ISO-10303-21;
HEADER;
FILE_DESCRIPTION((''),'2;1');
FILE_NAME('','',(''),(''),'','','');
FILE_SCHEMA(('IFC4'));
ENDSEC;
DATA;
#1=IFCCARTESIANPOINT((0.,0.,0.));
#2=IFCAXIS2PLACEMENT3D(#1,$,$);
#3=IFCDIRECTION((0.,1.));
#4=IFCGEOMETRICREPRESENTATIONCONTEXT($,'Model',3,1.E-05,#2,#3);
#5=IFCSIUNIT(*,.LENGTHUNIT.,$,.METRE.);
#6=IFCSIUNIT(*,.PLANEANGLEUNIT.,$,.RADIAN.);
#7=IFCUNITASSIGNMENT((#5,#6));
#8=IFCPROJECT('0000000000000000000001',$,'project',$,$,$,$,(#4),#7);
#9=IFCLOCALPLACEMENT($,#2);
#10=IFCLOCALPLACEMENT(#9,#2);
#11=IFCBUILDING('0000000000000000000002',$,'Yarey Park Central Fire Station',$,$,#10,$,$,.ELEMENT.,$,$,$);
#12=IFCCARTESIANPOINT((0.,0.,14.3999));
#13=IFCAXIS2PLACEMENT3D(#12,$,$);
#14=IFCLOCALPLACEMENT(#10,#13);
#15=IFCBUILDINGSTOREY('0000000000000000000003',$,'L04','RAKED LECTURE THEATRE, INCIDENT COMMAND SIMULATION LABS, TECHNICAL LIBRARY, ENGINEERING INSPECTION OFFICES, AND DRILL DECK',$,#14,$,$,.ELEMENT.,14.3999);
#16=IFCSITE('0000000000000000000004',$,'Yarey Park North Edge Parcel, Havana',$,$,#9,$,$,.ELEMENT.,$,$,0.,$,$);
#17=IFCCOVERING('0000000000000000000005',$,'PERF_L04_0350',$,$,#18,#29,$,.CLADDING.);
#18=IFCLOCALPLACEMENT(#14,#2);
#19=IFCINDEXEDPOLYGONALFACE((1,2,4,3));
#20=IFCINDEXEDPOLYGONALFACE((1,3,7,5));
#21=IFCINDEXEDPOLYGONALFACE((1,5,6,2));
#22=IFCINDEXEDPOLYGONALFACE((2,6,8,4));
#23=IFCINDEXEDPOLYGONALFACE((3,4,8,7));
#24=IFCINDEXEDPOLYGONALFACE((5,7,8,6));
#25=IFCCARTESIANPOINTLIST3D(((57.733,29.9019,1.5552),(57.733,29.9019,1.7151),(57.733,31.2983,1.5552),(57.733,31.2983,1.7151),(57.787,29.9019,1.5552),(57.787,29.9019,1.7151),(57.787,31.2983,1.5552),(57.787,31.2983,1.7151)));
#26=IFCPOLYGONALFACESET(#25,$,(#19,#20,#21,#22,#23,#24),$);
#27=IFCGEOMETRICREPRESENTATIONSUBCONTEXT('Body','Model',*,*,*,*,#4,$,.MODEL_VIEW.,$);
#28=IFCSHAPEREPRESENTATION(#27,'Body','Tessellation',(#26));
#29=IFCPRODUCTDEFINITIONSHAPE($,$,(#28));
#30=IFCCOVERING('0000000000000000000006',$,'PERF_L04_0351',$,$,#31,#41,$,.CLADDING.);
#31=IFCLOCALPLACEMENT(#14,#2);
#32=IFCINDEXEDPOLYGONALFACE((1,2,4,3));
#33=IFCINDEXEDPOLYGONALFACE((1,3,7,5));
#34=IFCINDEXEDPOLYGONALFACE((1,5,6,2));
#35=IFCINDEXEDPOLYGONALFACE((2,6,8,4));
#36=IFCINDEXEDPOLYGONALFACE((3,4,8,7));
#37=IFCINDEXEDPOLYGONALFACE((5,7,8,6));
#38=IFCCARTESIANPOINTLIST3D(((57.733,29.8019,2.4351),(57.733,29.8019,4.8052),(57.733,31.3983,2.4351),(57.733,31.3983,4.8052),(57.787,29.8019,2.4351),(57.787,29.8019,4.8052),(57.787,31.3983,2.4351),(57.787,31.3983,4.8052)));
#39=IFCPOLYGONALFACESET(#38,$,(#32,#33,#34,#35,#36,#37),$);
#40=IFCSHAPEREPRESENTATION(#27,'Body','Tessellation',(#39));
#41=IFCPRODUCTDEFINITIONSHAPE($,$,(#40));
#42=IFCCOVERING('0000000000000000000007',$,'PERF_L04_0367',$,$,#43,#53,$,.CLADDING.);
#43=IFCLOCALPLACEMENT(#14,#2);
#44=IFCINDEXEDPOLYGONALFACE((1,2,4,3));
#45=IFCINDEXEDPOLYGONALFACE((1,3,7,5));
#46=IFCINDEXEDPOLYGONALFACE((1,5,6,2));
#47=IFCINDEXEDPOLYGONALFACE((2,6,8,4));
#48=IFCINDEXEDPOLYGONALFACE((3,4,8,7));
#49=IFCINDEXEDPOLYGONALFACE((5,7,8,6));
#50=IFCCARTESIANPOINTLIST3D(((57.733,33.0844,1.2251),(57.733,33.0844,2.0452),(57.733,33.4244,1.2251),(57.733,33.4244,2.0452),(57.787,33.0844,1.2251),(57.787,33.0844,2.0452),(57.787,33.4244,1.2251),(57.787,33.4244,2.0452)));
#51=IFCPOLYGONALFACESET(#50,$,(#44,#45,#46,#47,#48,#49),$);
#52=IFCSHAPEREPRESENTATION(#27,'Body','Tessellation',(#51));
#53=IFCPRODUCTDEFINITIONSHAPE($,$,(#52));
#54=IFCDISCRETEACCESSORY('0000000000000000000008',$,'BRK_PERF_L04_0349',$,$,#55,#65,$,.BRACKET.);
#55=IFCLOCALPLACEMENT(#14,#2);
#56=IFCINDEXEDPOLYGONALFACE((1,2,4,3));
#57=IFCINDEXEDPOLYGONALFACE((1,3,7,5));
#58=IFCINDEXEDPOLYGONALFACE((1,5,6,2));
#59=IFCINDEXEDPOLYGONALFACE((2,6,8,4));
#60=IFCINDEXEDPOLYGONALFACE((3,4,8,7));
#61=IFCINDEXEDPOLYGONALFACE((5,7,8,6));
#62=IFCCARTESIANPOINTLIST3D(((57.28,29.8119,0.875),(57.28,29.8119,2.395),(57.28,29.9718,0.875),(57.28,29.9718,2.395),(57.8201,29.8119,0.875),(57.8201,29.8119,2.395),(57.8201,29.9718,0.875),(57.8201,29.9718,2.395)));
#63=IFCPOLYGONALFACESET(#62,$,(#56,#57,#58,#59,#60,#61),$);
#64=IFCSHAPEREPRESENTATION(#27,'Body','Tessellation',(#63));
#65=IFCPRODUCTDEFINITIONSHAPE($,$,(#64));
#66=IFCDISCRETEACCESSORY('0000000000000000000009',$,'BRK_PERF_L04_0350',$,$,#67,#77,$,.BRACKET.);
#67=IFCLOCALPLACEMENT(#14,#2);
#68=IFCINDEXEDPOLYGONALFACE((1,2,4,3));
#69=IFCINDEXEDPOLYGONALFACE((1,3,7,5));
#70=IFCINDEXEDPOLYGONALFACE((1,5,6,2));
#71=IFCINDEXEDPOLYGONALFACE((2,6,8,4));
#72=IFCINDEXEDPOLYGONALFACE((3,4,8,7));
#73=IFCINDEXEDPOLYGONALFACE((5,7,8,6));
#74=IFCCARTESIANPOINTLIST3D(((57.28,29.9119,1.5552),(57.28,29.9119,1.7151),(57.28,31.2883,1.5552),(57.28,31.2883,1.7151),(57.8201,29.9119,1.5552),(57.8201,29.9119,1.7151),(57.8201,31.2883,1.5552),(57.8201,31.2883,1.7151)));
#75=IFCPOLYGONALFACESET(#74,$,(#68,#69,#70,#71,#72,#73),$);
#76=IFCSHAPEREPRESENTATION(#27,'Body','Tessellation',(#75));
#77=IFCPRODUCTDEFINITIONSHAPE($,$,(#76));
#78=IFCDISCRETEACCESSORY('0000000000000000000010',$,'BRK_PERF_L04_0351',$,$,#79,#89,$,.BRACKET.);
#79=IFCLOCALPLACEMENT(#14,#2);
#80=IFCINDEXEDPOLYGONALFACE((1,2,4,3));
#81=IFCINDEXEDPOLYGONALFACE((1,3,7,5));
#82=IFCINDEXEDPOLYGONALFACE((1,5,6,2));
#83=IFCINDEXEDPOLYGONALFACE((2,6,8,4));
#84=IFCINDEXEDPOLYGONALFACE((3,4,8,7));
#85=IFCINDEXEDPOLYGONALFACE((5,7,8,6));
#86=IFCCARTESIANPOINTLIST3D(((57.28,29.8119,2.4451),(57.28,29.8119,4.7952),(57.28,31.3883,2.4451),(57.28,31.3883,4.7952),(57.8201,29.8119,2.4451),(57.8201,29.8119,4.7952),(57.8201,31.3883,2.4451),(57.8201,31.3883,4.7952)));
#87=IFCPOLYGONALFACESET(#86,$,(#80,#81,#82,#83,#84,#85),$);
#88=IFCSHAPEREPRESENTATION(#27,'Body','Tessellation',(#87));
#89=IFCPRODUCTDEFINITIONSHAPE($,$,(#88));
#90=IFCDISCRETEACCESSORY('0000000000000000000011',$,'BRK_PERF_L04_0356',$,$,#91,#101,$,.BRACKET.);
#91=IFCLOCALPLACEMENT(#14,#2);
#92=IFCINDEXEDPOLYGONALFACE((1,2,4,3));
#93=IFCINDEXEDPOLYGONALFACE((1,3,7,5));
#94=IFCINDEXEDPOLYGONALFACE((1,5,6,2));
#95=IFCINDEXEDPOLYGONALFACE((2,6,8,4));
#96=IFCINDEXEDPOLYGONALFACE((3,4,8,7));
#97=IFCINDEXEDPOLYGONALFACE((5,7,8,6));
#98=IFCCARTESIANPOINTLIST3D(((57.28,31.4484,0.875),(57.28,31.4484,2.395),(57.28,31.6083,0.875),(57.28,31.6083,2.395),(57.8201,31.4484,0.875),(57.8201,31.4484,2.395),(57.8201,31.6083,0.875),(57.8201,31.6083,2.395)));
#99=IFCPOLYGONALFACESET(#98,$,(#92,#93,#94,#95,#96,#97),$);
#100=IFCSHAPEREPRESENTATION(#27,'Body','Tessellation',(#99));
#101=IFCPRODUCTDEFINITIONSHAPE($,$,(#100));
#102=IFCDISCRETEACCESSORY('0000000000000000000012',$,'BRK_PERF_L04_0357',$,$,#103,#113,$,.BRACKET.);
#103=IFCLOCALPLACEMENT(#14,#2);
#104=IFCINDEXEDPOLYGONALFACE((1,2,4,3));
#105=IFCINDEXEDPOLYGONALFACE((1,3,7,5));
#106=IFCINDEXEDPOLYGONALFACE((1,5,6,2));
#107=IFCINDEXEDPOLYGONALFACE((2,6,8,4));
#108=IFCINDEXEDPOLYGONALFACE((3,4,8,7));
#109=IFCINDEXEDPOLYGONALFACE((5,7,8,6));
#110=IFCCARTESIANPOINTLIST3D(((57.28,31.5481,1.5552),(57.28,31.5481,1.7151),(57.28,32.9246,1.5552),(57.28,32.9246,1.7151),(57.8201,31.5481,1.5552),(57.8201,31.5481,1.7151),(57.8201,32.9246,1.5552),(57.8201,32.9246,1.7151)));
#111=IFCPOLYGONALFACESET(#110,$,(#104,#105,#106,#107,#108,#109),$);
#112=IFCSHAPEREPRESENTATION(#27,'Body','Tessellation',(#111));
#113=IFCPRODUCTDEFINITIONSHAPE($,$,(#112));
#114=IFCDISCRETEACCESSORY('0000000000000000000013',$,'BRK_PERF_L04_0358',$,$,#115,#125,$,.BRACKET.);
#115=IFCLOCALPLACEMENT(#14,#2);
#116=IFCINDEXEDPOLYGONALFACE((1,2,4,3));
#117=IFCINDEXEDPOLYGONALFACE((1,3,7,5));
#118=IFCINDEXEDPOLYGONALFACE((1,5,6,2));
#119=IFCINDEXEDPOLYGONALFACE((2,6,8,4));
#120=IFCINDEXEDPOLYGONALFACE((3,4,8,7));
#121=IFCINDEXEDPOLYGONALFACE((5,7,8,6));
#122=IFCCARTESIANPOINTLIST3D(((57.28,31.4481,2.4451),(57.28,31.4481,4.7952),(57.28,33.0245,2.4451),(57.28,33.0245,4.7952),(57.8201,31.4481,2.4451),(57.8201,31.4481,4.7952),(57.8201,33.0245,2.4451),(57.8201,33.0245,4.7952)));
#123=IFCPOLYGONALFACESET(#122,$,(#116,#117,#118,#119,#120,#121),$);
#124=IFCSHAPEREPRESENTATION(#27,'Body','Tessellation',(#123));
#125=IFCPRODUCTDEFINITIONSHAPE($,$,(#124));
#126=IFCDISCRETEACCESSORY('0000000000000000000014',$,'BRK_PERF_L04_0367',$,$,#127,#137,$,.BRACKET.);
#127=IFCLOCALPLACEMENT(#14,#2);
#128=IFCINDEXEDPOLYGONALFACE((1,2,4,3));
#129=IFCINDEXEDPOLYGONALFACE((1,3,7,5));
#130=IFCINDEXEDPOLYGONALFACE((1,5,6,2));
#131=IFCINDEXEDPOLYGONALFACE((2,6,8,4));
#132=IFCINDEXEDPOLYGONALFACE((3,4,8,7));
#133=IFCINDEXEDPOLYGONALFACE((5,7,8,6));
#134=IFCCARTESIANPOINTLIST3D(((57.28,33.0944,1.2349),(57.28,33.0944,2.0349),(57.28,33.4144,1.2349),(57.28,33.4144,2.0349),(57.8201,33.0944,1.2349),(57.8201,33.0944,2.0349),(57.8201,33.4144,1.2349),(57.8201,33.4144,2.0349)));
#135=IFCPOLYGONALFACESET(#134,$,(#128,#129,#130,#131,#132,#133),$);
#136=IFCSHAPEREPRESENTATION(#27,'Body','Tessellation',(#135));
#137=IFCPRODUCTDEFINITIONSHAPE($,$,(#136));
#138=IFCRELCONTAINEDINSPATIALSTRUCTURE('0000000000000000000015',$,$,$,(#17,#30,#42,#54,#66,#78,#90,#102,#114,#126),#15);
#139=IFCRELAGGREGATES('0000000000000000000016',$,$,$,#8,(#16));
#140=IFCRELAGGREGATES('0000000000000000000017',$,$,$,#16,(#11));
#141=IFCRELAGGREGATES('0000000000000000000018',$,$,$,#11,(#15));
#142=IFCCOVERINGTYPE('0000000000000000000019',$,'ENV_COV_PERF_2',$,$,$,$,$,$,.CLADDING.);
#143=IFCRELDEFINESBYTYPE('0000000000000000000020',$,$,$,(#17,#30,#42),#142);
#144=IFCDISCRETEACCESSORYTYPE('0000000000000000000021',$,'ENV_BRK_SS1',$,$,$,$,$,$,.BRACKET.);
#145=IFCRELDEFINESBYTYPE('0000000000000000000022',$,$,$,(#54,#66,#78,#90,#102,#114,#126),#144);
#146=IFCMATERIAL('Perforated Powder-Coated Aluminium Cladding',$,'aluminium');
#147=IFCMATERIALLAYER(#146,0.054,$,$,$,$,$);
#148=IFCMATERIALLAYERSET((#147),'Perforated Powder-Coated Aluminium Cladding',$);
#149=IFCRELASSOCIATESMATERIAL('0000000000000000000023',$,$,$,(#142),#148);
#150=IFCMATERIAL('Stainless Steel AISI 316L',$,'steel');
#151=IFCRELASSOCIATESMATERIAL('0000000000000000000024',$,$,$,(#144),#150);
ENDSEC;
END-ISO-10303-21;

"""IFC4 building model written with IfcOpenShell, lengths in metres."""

from ifc_helpers import new_model, si_unit, direction, frame, origin, origin_2d, place, context, subcontext, project, spatial, rectangle, extrude, material, layer, layer_set, type_object, element, save


model = new_model("IFC4")

# Units and contexts
model_context = context("Model", 3, precision=1e-05, world=origin(), true_north=direction((0.0, 1.0)))
body_context = subcontext(model_context, "Body", "Model", "MODEL_VIEW")
ifc_project = project(units=[si_unit("LENGTHUNIT", "METRE"), si_unit("PLANEANGLEUNIT", "RADIAN")], contexts=[model_context])

# Site, building, storey
site_placement = place(None, origin())
site = spatial("IfcSite", under=ifc_project, at=site_placement, Name="Yarey Park North Edge Parcel, Havana", CompositionType="ELEMENT", RefElevation=0.0)
building_placement = place(site_placement, origin())
building = spatial("IfcBuilding", under=site, at=building_placement, Name="Yarey Park Central Fire Station", CompositionType="ELEMENT")
storey_placement = place(building_placement, frame((0.0, 0.0, 14.3999)))
storey = spatial("IfcBuildingStorey", under=building, at=storey_placement, Name="L04", Description="RAKED LECTURE THEATRE, INCIDENT COMMAND SIMULATION LABS, TECHNICAL LIBRARY, ENGINEERING INSPECTION OFFICES, AND DRILL DECK", CompositionType="ELEMENT", Elevation=14.3999)

# Coverings
ifc_material_1 = material(Name="Perforated Powder-Coated Aluminium Cladding", Category="aluminium")
ifc_layer_1 = layer(ifc_material_1, 0.054)
ifc_layer_set_1 = layer_set([ifc_layer_1], Name="Perforated Powder-Coated Aluminium Cladding")
covering_type_1 = type_object("IfcCoveringType", Name="ENV_COV_PERF_2", PredefinedType="CLADDING", material=ifc_layer_set_1)
covering_1_placement = place(storey_placement, frame((57.76, 30.6001, 1.5552), z_axis=(0.0, 0.0, 1.0), x_axis=(0.0, 1.0, 0.0)))
element("IfcCovering", 1, at=covering_1_placement, inside=storey, type_object=covering_type_1, Name="PERF_L04_0350", PredefinedType="CLADDING", context=body_context, shape_type="SweptSolid", body=[
    extrude(rectangle(XDim=1.3965, YDim=0.054, at=origin_2d()), origin(), (0.0, 0.0, 1.0), 0.1599),
])
covering_2_placement = place(storey_placement, frame((57.76, 30.6001, 2.4351), z_axis=(0.0, 0.0, 1.0), x_axis=(0.0, 1.0, 0.0)))
element("IfcCovering", 2, at=covering_2_placement, inside=storey, type_object=covering_type_1, Name="PERF_L04_0351", PredefinedType="CLADDING", context=body_context, shape_type="SweptSolid", body=[
    extrude(rectangle(XDim=1.5964, YDim=0.054, at=origin_2d()), origin(), (0.0, 0.0, 1.0), 2.3701),
])
covering_3_placement = place(storey_placement, frame((57.76, 33.2544, 1.2251), z_axis=(0.0, 0.0, 1.0), x_axis=(0.0, 1.0, 0.0)))
element("IfcCovering", 3, at=covering_3_placement, inside=storey, type_object=covering_type_1, Name="PERF_L04_0367", PredefinedType="CLADDING", context=body_context, shape_type="SweptSolid", body=[
    extrude(rectangle(XDim=0.3401, YDim=0.054, at=origin_2d()), origin(), (0.0, 0.0, 1.0), 0.8201),
])

# Discrete accessories
ifc_material_2 = material(Name="Stainless Steel AISI 316L", Category="steel")
discrete_accessory_type = type_object("IfcDiscreteAccessoryType", Name="ENV_BRK_SS1", PredefinedType="BRACKET", material=ifc_material_2)
discrete_accessory_1_placement = place(storey_placement, frame((57.55, 29.8918, 0.875), z_axis=(0.0, 0.0, 1.0), x_axis=(1.0, 0.0, 0.0)))
element("IfcDiscreteAccessory", 4, at=discrete_accessory_1_placement, inside=storey, type_object=discrete_accessory_type, Name="BRK_PERF_L04_0349", PredefinedType="BRACKET", context=body_context, shape_type="SweptSolid", body=[
    extrude(rectangle(XDim=0.54, YDim=0.1599, at=origin_2d()), origin(), (0.0, 0.0, 1.0), 1.52),
])
discrete_accessory_2_placement = place(storey_placement, frame((57.55, 30.6001, 1.5552), z_axis=(0.0, 0.0, 1.0), x_axis=(1.0, 0.0, 0.0)))
element("IfcDiscreteAccessory", 5, at=discrete_accessory_2_placement, inside=storey, type_object=discrete_accessory_type, Name="BRK_PERF_L04_0350", PredefinedType="BRACKET", context=body_context, shape_type="SweptSolid", body=[
    extrude(rectangle(XDim=0.54, YDim=1.3765, at=origin_2d()), origin(), (0.0, 0.0, 1.0), 0.1599),
])
discrete_accessory_3_placement = place(storey_placement, frame((57.55, 30.6001, 2.4451), z_axis=(0.0, 0.0, 1.0), x_axis=(1.0, 0.0, 0.0)))
element("IfcDiscreteAccessory", 6, at=discrete_accessory_3_placement, inside=storey, type_object=discrete_accessory_type, Name="BRK_PERF_L04_0351", PredefinedType="BRACKET", context=body_context, shape_type="SweptSolid", body=[
    extrude(rectangle(XDim=0.54, YDim=1.5764, at=origin_2d()), origin(), (0.0, 0.0, 1.0), 2.3501),
])
discrete_accessory_4_placement = place(storey_placement, frame((57.55, 31.5283, 0.875), z_axis=(0.0, 0.0, 1.0), x_axis=(1.0, 0.0, 0.0)))
element("IfcDiscreteAccessory", 7, at=discrete_accessory_4_placement, inside=storey, type_object=discrete_accessory_type, Name="BRK_PERF_L04_0356", PredefinedType="BRACKET", context=body_context, shape_type="SweptSolid", body=[
    extrude(rectangle(XDim=0.54, YDim=0.1599, at=origin_2d()), origin(), (0.0, 0.0, 1.0), 1.52),
])
discrete_accessory_5_placement = place(storey_placement, frame((57.55, 32.2363, 1.5552), z_axis=(0.0, 0.0, 1.0), x_axis=(1.0, 0.0, 0.0)))
element("IfcDiscreteAccessory", 8, at=discrete_accessory_5_placement, inside=storey, type_object=discrete_accessory_type, Name="BRK_PERF_L04_0357", PredefinedType="BRACKET", context=body_context, shape_type="SweptSolid", body=[
    extrude(rectangle(XDim=0.54, YDim=1.3765, at=origin_2d()), origin(), (0.0, 0.0, 1.0), 0.1599),
])
discrete_accessory_6_placement = place(storey_placement, frame((57.55, 32.2363, 2.4451), z_axis=(0.0, 0.0, 1.0), x_axis=(1.0, 0.0, 0.0)))
element("IfcDiscreteAccessory", 9, at=discrete_accessory_6_placement, inside=storey, type_object=discrete_accessory_type, Name="BRK_PERF_L04_0358", PredefinedType="BRACKET", context=body_context, shape_type="SweptSolid", body=[
    extrude(rectangle(XDim=0.54, YDim=1.5764, at=origin_2d()), origin(), (0.0, 0.0, 1.0), 2.3501),
])
discrete_accessory_7_placement = place(storey_placement, frame((57.55, 33.2544, 1.2349), z_axis=(0.0, 0.0, 1.0), x_axis=(1.0, 0.0, 0.0)))
element("IfcDiscreteAccessory", 10, at=discrete_accessory_7_placement, inside=storey, type_object=discrete_accessory_type, Name="BRK_PERF_L04_0367", PredefinedType="BRACKET", context=body_context, shape_type="SweptSolid", body=[
    extrude(rectangle(XDim=0.54, YDim=0.3201, at=origin_2d()), origin(), (0.0, 0.0, 1.0), 0.8),
])

save(model, "model.ifc")
